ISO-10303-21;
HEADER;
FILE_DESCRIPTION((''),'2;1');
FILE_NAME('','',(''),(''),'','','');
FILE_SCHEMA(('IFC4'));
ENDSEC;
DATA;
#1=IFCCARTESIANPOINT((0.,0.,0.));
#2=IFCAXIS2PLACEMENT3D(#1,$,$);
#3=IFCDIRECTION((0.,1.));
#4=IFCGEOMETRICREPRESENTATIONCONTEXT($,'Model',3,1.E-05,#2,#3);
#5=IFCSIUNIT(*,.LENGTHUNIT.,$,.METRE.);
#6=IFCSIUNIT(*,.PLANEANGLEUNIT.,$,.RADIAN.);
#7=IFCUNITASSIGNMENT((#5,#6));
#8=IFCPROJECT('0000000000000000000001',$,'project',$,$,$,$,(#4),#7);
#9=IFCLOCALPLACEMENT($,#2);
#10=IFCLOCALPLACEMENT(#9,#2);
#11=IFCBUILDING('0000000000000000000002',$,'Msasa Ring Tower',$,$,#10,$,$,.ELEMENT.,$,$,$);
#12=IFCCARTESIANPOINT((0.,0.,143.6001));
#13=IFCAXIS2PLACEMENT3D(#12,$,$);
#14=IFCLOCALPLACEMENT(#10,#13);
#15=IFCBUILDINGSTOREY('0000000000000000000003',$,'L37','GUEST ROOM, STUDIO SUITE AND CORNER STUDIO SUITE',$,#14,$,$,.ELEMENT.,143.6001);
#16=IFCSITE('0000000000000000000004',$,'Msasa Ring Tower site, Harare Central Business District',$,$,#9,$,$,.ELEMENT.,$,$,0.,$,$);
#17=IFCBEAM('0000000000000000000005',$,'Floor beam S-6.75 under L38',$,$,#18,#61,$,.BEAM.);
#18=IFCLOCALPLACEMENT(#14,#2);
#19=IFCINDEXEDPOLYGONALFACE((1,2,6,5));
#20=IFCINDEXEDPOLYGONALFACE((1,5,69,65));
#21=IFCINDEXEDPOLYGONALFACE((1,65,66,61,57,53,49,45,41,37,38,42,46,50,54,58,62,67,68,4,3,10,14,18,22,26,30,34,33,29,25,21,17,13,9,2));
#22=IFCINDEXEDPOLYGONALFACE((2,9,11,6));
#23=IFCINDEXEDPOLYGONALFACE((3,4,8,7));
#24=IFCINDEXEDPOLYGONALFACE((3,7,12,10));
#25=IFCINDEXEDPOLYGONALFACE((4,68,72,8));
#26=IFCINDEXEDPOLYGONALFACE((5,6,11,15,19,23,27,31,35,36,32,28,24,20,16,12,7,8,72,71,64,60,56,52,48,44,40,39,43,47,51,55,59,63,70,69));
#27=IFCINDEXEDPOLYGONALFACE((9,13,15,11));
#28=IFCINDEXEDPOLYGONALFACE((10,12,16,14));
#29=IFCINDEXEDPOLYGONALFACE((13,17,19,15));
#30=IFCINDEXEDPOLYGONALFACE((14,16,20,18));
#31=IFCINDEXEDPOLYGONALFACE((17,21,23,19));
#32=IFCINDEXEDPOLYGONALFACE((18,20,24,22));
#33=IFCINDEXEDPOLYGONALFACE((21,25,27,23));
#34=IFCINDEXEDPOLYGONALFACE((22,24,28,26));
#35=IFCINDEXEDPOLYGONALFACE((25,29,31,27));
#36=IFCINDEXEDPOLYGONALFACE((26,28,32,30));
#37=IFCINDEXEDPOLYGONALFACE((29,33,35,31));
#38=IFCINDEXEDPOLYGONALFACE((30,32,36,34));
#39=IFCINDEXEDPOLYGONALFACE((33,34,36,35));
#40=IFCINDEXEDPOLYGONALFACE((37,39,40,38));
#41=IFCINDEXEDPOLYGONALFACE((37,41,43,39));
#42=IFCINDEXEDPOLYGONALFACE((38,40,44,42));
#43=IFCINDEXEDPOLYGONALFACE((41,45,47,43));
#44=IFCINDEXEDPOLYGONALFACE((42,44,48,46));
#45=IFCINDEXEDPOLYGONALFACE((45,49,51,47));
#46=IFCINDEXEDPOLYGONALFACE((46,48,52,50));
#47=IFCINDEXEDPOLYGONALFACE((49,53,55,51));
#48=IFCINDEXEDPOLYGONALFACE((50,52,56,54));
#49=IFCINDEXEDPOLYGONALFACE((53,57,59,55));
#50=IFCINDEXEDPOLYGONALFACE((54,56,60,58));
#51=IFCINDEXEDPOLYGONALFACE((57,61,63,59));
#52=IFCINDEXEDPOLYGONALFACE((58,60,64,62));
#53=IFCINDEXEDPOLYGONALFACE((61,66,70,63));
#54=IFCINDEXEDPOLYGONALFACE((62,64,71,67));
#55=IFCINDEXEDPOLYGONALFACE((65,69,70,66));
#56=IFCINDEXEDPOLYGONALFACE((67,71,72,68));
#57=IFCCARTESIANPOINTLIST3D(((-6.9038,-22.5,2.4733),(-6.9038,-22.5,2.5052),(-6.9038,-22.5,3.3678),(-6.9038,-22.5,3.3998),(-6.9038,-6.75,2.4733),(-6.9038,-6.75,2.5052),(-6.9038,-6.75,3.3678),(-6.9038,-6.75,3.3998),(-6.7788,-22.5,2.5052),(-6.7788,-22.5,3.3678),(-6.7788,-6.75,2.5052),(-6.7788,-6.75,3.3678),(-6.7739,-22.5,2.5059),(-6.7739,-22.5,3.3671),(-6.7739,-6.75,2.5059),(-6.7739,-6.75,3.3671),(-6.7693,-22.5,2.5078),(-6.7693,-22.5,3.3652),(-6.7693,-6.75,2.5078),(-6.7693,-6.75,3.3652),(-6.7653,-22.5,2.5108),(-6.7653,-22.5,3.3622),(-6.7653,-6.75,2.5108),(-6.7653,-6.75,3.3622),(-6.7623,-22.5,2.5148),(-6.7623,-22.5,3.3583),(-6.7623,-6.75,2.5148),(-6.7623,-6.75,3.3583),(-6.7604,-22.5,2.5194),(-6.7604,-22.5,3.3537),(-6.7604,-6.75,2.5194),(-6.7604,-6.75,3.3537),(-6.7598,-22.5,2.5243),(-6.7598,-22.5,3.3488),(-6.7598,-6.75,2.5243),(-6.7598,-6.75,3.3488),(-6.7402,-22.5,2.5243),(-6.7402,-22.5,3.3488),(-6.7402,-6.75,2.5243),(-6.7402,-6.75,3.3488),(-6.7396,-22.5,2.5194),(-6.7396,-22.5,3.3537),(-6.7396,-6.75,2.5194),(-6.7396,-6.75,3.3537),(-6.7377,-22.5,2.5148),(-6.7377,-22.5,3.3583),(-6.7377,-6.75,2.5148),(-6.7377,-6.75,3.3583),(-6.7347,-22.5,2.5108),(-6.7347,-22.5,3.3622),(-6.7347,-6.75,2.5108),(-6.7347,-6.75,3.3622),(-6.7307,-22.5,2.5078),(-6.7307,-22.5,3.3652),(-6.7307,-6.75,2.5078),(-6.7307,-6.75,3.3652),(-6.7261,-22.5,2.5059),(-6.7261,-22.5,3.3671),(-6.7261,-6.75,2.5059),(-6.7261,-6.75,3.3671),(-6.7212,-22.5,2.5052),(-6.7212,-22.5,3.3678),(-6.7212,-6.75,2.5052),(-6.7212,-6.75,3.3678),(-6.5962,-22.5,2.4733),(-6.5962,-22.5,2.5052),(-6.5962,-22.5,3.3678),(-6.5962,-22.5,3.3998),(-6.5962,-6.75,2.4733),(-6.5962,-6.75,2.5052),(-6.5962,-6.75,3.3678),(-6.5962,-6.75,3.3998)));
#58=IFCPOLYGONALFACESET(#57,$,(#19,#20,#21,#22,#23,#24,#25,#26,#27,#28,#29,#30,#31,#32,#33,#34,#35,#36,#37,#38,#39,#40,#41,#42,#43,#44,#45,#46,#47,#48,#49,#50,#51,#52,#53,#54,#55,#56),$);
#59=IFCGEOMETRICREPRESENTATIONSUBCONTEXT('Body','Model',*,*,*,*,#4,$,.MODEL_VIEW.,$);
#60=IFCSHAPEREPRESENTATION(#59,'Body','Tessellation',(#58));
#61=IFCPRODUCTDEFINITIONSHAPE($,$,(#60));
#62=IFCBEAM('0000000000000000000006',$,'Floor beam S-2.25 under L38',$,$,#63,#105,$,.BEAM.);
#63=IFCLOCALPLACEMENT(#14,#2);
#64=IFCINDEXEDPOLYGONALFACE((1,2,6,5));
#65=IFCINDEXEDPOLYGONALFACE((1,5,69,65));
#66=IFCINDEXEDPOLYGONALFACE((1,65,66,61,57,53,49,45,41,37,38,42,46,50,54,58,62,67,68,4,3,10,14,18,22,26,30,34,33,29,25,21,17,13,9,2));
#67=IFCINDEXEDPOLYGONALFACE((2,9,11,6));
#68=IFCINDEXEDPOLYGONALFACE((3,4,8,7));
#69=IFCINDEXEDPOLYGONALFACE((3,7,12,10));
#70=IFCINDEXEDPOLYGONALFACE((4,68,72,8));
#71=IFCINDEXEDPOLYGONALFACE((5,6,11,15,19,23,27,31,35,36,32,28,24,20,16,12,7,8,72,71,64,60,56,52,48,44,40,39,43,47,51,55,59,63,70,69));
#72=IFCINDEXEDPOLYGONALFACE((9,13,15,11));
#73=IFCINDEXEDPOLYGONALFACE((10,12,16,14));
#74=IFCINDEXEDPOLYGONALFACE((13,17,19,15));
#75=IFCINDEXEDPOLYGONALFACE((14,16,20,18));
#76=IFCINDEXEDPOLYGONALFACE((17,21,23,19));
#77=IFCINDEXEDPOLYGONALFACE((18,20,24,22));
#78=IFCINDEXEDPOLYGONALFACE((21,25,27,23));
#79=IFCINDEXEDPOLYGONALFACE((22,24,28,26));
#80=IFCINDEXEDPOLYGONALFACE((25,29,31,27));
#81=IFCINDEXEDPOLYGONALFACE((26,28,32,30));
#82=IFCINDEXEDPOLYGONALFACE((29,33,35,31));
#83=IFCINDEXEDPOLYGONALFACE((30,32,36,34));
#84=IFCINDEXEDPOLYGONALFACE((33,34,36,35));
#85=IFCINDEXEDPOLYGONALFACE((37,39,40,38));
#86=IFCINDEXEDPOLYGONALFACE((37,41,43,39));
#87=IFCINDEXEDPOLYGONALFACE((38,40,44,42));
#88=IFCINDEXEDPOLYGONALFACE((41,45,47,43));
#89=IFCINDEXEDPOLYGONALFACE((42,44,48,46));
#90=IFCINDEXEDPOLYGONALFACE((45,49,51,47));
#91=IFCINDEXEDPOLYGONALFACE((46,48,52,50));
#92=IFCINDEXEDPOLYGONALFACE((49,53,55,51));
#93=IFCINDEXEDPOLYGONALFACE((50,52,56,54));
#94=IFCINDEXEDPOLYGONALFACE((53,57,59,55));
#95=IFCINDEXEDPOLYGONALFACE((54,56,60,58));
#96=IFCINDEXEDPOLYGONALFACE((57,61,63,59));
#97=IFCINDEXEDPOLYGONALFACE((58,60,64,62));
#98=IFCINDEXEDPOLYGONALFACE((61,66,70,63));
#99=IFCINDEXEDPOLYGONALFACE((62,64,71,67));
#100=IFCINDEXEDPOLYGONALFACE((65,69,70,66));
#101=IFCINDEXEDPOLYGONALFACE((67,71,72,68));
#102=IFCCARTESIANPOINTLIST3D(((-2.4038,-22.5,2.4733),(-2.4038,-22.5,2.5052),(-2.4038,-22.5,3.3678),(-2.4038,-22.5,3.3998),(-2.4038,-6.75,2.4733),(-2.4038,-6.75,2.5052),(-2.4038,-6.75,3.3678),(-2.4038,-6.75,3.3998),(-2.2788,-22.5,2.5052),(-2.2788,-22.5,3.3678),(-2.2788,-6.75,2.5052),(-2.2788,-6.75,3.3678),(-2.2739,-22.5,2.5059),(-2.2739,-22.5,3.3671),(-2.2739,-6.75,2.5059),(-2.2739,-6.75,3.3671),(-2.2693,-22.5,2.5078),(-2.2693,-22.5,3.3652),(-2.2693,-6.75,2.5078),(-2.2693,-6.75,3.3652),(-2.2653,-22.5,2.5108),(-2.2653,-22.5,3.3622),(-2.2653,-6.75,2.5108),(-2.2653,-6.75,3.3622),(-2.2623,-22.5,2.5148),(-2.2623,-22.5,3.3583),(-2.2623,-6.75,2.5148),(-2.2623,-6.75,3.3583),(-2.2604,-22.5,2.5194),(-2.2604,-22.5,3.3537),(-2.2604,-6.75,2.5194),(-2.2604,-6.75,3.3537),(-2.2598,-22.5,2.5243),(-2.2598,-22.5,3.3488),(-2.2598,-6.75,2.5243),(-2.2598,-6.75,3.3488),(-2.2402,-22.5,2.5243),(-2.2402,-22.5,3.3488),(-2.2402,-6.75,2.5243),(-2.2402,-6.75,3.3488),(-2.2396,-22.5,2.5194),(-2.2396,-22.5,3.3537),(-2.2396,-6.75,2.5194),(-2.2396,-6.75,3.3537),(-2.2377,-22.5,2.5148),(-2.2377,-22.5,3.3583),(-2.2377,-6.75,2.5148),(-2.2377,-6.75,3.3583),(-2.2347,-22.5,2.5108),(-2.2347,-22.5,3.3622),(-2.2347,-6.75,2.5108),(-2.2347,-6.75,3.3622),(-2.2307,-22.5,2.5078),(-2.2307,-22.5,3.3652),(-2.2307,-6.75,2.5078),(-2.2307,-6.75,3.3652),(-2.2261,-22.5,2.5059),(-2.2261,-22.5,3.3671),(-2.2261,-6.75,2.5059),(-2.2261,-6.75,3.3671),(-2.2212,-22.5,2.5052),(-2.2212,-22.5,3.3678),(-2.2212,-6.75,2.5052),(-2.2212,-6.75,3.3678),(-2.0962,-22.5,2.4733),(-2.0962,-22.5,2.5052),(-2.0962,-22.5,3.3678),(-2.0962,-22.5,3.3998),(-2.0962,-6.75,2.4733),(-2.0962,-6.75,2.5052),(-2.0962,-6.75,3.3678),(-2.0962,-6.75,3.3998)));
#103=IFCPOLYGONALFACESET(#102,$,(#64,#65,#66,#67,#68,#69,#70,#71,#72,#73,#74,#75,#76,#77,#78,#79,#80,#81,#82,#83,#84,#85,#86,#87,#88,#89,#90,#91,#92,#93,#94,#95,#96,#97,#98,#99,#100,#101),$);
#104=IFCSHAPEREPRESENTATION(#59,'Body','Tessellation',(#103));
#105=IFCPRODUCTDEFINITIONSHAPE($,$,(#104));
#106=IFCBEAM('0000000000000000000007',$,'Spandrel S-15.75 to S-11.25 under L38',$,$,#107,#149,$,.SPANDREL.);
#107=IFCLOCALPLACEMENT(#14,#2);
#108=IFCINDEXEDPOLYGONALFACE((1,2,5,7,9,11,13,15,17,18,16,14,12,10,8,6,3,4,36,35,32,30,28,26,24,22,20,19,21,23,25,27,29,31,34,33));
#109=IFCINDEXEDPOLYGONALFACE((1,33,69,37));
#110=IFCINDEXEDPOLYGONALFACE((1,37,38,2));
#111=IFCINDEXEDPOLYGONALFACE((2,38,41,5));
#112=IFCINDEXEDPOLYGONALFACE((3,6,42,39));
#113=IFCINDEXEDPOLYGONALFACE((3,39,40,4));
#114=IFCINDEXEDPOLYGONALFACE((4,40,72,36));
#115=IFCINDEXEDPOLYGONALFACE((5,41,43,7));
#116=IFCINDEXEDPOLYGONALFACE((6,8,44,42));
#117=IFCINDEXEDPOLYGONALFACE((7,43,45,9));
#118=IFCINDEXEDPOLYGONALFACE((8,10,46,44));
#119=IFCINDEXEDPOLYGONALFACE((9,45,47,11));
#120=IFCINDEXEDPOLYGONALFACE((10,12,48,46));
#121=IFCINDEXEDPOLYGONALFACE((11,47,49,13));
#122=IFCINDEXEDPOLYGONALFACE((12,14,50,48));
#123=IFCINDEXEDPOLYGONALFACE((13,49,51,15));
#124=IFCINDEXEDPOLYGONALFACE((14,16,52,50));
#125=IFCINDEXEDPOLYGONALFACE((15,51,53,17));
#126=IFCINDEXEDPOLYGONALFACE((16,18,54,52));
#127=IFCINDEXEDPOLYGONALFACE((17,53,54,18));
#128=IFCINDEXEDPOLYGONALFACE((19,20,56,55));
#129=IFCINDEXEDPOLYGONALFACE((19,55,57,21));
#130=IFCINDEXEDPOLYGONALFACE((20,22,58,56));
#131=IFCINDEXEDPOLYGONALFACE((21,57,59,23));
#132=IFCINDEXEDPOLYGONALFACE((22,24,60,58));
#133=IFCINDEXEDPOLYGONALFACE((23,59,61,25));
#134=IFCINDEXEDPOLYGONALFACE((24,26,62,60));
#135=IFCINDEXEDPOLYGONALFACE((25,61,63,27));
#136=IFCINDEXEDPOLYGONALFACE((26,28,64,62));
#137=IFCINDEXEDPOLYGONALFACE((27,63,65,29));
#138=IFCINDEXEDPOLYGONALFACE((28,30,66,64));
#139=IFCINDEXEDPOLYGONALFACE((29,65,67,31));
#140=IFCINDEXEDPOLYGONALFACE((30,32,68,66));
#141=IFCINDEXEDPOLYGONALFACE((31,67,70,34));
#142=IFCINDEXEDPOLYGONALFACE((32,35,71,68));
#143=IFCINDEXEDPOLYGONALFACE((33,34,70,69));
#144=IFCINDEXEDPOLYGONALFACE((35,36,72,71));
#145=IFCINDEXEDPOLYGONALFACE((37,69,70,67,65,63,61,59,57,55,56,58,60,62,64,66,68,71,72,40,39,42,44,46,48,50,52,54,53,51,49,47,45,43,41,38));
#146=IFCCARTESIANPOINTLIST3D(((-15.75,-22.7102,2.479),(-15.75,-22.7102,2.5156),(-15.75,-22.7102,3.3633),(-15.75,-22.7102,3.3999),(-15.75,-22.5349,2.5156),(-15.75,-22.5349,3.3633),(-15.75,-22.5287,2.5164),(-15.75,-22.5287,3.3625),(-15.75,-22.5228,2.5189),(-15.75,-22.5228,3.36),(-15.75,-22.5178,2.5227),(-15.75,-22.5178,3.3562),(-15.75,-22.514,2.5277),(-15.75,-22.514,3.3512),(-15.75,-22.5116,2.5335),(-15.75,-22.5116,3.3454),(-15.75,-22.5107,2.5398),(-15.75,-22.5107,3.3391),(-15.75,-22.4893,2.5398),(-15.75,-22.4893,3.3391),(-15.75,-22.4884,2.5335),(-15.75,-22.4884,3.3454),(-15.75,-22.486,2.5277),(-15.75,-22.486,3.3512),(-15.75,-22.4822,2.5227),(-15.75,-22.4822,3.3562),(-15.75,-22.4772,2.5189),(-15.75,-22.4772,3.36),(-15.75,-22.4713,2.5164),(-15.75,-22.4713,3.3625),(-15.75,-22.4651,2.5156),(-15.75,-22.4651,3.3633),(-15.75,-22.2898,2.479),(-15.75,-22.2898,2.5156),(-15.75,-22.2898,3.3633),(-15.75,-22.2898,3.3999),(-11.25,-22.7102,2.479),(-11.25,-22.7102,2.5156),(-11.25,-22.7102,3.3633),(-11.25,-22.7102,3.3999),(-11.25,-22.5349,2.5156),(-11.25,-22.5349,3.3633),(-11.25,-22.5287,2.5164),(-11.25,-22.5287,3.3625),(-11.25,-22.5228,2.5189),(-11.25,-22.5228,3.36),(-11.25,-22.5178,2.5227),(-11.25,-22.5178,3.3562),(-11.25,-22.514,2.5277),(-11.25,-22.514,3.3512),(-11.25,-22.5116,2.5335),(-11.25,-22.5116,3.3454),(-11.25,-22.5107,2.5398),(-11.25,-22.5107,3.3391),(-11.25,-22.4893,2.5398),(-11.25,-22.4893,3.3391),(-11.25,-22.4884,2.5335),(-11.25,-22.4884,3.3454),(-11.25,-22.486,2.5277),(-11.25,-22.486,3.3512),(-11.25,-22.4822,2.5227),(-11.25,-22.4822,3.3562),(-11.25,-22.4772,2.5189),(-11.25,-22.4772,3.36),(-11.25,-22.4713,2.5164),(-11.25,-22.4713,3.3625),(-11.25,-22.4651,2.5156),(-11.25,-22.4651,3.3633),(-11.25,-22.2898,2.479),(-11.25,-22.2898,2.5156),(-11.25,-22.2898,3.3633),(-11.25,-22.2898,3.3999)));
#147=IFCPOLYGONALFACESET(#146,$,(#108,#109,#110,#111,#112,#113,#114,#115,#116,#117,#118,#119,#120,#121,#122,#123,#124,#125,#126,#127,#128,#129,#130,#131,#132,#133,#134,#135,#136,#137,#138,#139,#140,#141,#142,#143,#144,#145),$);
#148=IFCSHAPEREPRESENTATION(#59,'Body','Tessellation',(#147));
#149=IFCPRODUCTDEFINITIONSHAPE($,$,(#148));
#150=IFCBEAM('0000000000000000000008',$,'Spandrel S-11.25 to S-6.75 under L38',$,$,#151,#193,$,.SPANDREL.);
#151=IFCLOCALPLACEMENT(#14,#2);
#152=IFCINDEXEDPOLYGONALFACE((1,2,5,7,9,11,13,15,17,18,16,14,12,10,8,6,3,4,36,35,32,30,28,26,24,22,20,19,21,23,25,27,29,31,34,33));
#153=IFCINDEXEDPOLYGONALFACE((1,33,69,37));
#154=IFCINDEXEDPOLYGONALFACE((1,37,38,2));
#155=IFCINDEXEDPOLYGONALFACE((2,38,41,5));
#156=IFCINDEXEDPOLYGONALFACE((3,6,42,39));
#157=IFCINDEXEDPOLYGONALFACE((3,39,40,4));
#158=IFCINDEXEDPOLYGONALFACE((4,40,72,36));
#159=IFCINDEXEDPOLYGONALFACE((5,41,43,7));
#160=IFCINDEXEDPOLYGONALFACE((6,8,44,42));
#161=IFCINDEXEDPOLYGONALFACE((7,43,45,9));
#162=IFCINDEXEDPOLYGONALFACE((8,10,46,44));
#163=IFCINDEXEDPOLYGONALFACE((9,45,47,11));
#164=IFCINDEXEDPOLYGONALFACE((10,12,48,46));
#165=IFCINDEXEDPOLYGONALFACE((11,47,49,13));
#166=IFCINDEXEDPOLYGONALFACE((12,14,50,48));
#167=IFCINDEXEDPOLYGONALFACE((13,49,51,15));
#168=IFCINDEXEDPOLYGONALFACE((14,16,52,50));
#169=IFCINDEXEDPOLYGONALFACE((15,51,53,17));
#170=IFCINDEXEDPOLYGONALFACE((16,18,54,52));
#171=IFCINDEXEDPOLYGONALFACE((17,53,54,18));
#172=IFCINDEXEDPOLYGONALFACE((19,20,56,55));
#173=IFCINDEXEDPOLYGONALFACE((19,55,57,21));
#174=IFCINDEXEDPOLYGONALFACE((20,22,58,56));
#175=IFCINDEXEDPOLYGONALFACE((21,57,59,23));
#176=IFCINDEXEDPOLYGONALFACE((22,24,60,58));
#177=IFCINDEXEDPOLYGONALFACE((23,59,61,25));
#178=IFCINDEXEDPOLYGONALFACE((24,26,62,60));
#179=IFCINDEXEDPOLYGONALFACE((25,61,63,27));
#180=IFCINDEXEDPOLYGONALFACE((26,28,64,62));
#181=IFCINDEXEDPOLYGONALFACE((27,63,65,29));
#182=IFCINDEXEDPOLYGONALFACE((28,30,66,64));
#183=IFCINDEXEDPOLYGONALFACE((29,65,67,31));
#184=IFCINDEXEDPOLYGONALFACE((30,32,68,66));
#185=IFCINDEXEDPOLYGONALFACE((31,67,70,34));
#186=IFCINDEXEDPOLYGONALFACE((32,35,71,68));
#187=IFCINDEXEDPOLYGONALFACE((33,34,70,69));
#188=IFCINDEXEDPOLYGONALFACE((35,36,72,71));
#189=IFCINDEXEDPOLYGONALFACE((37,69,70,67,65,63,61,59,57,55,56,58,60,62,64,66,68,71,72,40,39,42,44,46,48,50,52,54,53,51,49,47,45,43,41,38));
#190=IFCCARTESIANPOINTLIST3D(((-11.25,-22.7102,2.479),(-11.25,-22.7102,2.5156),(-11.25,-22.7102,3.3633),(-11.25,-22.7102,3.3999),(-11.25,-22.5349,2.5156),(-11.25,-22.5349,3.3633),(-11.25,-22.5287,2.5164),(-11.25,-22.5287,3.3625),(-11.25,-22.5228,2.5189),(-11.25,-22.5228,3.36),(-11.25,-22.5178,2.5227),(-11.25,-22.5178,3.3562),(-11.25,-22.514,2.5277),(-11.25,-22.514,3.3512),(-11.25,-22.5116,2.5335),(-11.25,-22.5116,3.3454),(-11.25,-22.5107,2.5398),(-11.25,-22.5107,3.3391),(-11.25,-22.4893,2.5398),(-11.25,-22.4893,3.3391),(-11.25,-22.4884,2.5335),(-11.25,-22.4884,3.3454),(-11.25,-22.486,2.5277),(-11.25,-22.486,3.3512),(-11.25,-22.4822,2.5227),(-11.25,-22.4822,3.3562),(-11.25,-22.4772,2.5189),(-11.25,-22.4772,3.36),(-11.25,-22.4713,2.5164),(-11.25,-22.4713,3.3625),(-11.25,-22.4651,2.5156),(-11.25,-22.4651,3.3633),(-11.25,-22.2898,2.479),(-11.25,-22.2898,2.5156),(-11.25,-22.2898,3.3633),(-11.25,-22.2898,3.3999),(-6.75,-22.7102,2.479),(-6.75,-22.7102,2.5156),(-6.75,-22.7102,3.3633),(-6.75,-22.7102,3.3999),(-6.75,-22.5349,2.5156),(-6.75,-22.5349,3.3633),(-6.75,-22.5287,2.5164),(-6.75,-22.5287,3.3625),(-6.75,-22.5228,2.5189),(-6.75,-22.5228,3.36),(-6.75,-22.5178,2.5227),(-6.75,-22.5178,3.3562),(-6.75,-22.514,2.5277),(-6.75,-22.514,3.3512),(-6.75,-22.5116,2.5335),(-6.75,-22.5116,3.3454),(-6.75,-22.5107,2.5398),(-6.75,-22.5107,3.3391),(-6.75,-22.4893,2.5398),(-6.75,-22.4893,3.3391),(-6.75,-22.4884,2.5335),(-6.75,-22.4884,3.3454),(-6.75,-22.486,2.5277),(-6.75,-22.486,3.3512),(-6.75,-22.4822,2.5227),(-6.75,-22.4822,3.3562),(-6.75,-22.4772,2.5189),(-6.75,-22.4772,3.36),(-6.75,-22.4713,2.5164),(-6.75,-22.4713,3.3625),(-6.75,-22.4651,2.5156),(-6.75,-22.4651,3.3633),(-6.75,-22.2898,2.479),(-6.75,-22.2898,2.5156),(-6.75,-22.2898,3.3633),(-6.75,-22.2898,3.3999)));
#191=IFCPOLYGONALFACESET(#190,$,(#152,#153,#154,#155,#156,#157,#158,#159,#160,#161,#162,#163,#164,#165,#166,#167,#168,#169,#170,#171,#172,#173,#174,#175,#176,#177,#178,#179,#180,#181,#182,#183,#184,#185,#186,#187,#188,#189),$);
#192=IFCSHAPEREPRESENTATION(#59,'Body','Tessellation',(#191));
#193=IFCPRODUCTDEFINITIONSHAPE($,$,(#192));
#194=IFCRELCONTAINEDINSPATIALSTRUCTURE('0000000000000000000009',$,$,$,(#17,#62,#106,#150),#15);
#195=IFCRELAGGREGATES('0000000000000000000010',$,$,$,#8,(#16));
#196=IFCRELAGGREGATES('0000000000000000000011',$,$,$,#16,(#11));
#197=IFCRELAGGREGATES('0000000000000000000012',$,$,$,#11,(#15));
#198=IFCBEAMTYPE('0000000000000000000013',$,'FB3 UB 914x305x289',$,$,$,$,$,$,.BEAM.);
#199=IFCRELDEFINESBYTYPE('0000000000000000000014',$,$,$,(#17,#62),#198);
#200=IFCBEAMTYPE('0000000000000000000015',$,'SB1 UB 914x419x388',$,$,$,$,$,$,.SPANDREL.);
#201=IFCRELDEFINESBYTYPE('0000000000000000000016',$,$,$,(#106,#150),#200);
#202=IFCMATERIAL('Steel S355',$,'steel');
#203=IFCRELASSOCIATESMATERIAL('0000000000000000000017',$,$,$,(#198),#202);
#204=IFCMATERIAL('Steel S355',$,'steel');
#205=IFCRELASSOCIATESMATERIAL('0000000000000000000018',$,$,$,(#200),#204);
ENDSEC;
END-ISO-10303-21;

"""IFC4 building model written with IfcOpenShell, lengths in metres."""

from ifc_helpers import new_model, si_unit, direction, frame, origin, origin_2d, place, context, subcontext, project, spatial, i_section, extrude, material, material_profile, profile_set, type_object, element, save


model = new_model("IFC4")

# Units and contexts
model_context = context("Model", 3, precision=1e-05, world=origin(), true_north=direction((0.0, 1.0)))
body_context = subcontext(model_context, "Body", "Model", "MODEL_VIEW")
ifc_project = project(units=[si_unit("LENGTHUNIT", "METRE"), si_unit("PLANEANGLEUNIT", "RADIAN")], contexts=[model_context])

# Site, building, storey
site_placement = place(None, origin())
site = spatial("IfcSite", under=ifc_project, at=site_placement, Name="Msasa Ring Tower site, Harare Central Business District", CompositionType="ELEMENT", RefElevation=0.0)
building_placement = place(site_placement, origin())
building = spatial("IfcBuilding", under=site, at=building_placement, Name="Msasa Ring Tower", CompositionType="ELEMENT")
storey_placement = place(building_placement, frame((0.0, 0.0, 143.6001)))
storey = spatial("IfcBuildingStorey", under=building, at=storey_placement, Name="L37", Description="GUEST ROOM, STUDIO SUITE AND CORNER STUDIO SUITE", CompositionType="ELEMENT", Elevation=143.6001)

# Beams
ifc_material_1 = material(Name="Steel S355", Category="steel")
ifc_material_profile_1 = material_profile(ifc_material_1, i_section(OverallWidth=0.3076, OverallDepth=0.9265, WebThickness=0.0195, FlangeThickness=0.032, FilletRadius=0.019, at=origin_2d()), Name="UB 914x305x289")
ifc_profile_set_1 = profile_set([ifc_material_profile_1], Name="Steel S355")
beam_type_1 = type_object("IfcBeamType", Name="FB3 UB 914x305x289", PredefinedType="BEAM", material=ifc_profile_set_1)
for number, where, z_axis, x_axis, name in (
    (1, (-6.75, -22.5, 2.9365), (0.0, 1.0, 0.0), (-1.0, 0.0, 0.0), "Floor beam S-6.75 under L38"),
    (2, (-2.25, -22.5, 2.9365), (0.0, 1.0, 0.0), (-1.0, 0.0, 0.0), "Floor beam S-2.25 under L38"),
):
    element("IfcBeam", number, at=place(storey_placement, frame(where, z_axis=z_axis, x_axis=x_axis)), inside=storey, type_object=beam_type_1, Name=name, PredefinedType="BEAM", context=body_context, shape_type="SweptSolid", body=[
        extrude(i_section(OverallWidth=0.3076, OverallDepth=0.9265, WebThickness=0.0195, FlangeThickness=0.032, FilletRadius=0.019, at=origin_2d()), origin(), (0.0, 0.0, 1.0), 15.75),
    ])
ifc_material_2 = material(Name="Steel S355", Category="steel")
ifc_material_profile_2 = material_profile(ifc_material_2, i_section(OverallWidth=0.4204, OverallDepth=0.9209, WebThickness=0.0215, FlangeThickness=0.0366, FilletRadius=0.0242, at=origin_2d()), Name="UB 914x419x388")
ifc_profile_set_2 = profile_set([ifc_material_profile_2], Name="Steel S355")
beam_type_2 = type_object("IfcBeamType", Name="SB1 UB 914x419x388", PredefinedType="SPANDREL", material=ifc_profile_set_2)
for number, where, z_axis, x_axis, name in (
    (3, (-15.75, -22.5, 2.9395), (1.0, 0.0, 0.0), (0.0, 1.0, 0.0), "Spandrel S-15.75 to S-11.25 under L38"),
    (4, (-11.25, -22.5, 2.9395), (1.0, 0.0, 0.0), (0.0, 1.0, 0.0), "Spandrel S-11.25 to S-6.75 under L38"),
):
    element("IfcBeam", number, at=place(storey_placement, frame(where, z_axis=z_axis, x_axis=x_axis)), inside=storey, type_object=beam_type_2, Name=name, PredefinedType="SPANDREL", context=body_context, shape_type="SweptSolid", body=[
        extrude(i_section(OverallWidth=0.4204, OverallDepth=0.9209, WebThickness=0.0215, FlangeThickness=0.0366, FilletRadius=0.0242, at=origin_2d()), origin(), (0.0, 0.0, 1.0), 4.5),
    ])

save(model, "model.ifc")
